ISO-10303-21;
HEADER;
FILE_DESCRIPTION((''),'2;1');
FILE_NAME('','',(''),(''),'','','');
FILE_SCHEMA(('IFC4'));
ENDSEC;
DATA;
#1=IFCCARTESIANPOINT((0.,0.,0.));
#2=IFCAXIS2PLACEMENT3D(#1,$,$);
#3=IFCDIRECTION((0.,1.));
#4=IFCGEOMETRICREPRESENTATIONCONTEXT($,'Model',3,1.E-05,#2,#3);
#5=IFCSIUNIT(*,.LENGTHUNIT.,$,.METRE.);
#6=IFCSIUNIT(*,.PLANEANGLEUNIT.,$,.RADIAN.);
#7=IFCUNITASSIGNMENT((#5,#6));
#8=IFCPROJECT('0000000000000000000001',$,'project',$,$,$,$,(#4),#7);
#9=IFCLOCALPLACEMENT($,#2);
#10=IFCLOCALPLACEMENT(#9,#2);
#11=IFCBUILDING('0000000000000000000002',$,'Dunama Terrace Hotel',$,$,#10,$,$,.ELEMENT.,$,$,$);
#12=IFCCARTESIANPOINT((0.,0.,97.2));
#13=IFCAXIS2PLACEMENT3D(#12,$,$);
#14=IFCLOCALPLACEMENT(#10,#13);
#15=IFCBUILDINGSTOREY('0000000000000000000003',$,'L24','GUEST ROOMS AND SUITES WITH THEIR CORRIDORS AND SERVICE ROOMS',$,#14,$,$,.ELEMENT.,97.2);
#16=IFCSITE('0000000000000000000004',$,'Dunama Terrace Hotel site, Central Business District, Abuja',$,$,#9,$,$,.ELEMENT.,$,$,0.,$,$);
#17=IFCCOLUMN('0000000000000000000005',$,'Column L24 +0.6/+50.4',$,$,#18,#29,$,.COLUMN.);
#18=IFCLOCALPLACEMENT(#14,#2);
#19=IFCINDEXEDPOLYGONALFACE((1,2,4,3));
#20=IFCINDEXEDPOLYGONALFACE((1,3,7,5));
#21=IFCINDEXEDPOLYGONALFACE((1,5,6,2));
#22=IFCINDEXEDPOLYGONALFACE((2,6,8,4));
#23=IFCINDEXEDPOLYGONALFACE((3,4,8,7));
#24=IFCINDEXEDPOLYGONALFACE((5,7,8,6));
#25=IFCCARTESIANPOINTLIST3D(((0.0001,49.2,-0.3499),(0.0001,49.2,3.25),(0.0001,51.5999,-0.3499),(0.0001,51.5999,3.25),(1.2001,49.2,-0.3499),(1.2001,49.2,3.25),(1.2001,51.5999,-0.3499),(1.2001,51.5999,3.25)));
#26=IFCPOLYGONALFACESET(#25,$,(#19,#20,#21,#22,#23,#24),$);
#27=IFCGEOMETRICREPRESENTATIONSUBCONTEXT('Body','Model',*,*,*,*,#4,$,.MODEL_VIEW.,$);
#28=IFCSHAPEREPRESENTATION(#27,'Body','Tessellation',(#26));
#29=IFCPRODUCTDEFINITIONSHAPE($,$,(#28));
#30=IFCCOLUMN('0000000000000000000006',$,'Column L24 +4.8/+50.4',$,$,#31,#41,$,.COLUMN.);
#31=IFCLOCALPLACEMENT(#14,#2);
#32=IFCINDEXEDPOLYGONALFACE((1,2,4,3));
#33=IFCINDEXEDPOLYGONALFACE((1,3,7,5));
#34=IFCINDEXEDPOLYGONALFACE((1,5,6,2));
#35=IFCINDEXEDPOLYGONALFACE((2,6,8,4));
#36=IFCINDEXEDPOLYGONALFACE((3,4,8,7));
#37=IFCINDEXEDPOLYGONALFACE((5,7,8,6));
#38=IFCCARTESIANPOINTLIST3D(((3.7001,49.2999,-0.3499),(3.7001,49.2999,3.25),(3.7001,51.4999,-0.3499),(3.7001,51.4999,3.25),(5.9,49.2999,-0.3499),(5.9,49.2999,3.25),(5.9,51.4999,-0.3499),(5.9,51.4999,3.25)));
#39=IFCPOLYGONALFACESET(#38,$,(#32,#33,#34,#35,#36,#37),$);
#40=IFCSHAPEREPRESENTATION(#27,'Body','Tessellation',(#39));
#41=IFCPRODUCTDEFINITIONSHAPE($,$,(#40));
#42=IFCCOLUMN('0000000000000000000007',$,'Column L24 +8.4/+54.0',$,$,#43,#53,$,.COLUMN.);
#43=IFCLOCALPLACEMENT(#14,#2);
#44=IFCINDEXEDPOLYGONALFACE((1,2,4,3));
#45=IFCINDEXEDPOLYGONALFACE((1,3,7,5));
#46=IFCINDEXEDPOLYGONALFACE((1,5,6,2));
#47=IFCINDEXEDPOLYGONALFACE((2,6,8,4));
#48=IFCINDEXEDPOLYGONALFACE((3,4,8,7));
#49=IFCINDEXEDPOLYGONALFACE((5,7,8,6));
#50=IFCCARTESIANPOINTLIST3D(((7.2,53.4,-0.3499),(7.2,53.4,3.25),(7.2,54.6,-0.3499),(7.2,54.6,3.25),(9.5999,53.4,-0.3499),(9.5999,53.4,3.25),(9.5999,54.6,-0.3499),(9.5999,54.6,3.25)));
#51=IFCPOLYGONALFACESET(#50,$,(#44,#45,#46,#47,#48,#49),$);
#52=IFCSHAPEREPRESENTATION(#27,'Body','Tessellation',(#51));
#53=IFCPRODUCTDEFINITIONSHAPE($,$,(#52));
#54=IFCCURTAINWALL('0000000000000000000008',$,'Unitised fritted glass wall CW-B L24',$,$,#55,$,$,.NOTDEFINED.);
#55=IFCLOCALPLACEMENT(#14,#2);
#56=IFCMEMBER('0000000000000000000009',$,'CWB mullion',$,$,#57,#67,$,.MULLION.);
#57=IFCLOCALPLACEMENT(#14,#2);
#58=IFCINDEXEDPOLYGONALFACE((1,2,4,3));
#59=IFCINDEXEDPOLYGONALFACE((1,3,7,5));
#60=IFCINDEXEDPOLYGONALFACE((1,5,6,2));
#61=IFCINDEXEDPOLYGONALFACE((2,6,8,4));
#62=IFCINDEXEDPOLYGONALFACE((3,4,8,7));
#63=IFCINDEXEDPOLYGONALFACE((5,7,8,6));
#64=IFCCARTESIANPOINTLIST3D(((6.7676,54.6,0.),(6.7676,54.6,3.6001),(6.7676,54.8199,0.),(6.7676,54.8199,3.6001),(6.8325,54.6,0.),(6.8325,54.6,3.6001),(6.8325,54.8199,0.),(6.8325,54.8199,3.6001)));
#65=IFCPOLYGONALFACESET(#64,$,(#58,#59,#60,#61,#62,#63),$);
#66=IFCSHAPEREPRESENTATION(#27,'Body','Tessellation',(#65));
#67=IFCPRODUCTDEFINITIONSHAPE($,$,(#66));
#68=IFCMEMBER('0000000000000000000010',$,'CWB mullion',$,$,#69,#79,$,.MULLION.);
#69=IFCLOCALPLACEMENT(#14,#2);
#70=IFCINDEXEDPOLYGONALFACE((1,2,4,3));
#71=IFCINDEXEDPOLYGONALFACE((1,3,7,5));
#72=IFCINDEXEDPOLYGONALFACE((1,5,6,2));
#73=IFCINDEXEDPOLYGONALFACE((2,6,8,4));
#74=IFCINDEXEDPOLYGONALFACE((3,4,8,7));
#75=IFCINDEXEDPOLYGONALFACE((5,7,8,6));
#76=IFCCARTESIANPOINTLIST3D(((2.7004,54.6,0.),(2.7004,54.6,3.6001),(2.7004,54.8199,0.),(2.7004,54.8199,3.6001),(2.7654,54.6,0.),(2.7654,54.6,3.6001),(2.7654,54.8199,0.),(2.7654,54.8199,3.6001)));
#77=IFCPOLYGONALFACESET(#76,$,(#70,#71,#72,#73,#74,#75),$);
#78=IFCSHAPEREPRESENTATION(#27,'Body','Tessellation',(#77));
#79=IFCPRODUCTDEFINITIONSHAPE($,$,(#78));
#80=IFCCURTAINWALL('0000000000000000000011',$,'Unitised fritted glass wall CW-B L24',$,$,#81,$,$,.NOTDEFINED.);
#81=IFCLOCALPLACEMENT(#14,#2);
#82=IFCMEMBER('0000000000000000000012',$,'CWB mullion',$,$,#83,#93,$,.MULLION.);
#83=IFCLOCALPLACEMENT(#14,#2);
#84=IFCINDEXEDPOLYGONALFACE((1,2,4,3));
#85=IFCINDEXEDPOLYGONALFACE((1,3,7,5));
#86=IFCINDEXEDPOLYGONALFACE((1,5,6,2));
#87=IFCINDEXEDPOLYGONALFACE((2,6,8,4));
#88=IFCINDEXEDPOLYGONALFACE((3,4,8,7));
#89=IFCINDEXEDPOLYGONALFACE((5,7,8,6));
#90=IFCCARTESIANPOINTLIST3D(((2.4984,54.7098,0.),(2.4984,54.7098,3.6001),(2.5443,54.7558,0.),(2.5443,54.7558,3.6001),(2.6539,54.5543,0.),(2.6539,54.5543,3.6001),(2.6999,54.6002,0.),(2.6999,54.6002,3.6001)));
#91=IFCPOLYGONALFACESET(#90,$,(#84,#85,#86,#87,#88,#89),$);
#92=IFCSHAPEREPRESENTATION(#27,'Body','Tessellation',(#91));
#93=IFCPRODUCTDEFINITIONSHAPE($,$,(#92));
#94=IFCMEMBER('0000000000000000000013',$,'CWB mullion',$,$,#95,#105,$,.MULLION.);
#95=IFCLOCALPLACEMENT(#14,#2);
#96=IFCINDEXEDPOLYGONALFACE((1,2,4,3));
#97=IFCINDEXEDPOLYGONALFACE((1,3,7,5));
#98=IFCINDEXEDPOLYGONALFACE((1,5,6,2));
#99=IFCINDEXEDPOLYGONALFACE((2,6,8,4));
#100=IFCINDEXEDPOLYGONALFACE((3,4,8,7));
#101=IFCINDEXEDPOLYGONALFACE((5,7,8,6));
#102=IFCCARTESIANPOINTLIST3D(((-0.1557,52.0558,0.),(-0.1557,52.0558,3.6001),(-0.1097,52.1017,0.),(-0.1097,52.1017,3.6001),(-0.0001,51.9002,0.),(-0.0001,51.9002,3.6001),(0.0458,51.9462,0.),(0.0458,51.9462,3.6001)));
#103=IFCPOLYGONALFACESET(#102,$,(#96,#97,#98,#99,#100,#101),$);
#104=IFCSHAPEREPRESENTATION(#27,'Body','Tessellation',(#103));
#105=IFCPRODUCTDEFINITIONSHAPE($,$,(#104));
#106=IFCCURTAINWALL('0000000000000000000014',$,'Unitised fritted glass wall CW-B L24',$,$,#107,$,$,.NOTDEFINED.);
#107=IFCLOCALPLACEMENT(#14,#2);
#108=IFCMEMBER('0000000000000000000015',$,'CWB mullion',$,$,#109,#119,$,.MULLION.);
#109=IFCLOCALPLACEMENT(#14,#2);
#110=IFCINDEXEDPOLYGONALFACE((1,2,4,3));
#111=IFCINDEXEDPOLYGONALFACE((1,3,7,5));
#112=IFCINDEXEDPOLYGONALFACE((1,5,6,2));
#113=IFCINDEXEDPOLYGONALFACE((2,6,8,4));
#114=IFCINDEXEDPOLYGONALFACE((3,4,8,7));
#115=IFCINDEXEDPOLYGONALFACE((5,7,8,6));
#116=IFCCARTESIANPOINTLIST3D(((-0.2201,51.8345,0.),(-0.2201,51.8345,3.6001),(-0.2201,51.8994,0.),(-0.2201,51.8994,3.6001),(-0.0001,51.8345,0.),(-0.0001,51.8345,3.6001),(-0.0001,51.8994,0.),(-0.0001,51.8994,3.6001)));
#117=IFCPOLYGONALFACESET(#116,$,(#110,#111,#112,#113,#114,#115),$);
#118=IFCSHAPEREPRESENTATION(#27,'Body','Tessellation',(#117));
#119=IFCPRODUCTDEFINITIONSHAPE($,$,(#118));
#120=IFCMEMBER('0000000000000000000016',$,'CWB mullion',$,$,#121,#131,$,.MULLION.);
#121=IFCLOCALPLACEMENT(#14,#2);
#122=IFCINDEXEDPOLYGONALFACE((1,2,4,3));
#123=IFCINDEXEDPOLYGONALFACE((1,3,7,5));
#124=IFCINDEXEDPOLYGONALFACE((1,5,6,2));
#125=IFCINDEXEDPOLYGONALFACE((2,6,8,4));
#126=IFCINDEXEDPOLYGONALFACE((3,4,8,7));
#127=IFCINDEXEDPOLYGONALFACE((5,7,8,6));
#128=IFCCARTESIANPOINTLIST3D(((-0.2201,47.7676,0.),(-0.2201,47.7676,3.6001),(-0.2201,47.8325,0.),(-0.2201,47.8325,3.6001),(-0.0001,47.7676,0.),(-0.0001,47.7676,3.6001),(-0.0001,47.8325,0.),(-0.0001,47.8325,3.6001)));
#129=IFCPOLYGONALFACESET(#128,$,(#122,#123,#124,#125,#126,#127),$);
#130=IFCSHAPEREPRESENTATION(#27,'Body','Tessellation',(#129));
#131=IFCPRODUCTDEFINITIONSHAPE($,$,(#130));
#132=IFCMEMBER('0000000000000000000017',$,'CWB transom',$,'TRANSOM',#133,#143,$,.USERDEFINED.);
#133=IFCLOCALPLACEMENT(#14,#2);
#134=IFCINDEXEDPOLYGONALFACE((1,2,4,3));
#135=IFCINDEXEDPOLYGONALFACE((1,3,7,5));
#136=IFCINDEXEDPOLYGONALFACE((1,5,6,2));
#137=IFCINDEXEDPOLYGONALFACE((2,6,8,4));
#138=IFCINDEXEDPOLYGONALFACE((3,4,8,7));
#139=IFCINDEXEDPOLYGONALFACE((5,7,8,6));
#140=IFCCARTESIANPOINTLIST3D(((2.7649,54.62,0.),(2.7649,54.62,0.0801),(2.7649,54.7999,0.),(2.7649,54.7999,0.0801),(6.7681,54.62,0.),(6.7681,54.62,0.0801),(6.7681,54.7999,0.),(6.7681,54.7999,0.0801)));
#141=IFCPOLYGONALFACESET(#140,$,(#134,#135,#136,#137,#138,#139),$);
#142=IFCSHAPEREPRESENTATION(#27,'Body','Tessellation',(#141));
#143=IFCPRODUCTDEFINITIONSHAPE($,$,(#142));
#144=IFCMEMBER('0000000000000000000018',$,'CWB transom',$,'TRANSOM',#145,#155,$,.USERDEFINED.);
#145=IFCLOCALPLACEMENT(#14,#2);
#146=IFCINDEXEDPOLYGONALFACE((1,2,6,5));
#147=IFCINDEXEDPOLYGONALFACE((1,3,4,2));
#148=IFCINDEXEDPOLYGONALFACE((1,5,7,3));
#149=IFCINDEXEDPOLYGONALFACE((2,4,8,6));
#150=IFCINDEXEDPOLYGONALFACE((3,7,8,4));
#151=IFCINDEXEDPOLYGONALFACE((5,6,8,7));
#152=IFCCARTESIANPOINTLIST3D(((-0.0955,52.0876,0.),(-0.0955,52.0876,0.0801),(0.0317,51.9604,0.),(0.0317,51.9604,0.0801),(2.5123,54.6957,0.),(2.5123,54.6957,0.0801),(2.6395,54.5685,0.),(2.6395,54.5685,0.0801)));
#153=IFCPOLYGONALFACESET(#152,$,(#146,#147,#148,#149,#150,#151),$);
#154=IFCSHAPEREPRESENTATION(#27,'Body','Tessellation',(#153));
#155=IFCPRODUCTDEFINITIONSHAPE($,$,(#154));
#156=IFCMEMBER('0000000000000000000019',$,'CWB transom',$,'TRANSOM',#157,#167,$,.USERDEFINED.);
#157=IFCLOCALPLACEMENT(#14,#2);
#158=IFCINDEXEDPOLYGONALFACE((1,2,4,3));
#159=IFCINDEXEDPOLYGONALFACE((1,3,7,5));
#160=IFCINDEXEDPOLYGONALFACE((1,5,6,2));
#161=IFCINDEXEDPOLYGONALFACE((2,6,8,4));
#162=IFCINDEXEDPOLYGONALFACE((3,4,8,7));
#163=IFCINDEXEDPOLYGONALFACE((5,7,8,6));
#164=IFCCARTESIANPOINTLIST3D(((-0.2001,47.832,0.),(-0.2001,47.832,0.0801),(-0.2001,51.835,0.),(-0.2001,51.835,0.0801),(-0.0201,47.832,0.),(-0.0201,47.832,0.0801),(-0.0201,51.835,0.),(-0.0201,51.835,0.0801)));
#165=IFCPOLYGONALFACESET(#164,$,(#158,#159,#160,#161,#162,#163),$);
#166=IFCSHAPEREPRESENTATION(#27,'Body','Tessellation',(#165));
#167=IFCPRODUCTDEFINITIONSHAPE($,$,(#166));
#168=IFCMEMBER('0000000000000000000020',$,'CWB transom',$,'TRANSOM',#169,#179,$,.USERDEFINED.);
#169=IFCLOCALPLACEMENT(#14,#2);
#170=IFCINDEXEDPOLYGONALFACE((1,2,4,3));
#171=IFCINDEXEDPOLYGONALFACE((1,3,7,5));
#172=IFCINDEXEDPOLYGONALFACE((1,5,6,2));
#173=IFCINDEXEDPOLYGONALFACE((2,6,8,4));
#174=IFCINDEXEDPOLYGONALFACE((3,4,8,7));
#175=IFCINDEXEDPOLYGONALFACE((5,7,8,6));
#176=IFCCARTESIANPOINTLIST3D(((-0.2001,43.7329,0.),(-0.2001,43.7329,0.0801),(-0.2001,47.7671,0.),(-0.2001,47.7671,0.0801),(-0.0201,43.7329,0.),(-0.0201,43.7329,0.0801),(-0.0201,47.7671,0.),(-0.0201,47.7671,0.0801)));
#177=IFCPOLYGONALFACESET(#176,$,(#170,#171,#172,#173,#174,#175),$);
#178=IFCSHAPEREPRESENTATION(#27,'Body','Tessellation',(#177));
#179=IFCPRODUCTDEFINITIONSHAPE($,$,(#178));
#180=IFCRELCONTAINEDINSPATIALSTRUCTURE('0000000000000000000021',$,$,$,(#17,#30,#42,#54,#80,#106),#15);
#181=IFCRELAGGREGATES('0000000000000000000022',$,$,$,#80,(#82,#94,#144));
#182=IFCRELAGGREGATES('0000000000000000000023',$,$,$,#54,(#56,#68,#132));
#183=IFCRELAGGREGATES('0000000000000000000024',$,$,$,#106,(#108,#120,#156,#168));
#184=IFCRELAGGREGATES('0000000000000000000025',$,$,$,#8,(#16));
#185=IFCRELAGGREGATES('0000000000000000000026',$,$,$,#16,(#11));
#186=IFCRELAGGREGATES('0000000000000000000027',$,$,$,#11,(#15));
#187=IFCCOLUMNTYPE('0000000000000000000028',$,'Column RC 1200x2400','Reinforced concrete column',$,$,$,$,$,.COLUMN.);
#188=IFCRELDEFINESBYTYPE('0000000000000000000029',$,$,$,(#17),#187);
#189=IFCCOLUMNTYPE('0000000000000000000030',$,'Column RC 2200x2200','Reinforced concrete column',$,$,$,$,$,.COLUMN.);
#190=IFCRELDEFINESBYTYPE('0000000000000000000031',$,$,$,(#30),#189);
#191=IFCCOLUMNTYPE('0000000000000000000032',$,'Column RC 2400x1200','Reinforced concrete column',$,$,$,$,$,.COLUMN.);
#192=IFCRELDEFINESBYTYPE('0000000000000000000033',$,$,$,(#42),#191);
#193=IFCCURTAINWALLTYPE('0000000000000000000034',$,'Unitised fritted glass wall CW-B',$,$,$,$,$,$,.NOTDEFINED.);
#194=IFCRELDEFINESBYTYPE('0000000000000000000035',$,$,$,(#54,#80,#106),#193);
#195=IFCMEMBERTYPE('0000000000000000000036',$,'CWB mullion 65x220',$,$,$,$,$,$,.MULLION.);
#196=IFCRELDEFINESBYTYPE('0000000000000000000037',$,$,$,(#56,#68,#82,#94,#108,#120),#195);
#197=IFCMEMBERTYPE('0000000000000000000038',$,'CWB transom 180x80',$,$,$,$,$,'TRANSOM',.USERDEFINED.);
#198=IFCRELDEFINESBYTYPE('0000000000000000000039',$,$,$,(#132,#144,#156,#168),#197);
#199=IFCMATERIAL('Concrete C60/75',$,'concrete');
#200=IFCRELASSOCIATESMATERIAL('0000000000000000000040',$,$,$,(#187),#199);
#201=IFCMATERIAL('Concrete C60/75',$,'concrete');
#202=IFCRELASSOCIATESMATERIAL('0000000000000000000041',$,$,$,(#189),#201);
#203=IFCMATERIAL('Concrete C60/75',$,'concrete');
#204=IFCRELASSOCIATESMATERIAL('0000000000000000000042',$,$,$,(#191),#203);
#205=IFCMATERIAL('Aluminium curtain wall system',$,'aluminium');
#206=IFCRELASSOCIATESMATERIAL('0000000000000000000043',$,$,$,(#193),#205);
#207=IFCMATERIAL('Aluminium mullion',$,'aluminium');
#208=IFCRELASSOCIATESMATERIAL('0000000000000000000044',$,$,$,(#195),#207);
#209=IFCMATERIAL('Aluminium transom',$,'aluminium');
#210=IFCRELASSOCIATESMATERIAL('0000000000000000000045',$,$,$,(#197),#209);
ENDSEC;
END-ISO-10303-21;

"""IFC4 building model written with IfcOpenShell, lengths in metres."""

from ifc_helpers import new_model, si_unit, direction, frame, origin, origin_2d, place, context, subcontext, project, spatial, rectangle, extrude, material, material_profile, profile_set, type_object, element, aggregate, save


model = new_model("IFC4")

# Units and contexts
model_context = context("Model", 3, precision=1e-05, world=origin(), true_north=direction((0.0, 1.0)))
body_context = subcontext(model_context, "Body", "Model", "MODEL_VIEW")
ifc_project = project(units=[si_unit("LENGTHUNIT", "METRE"), si_unit("PLANEANGLEUNIT", "RADIAN")], contexts=[model_context])

# Site, building, storey
site_placement = place(None, origin())
site = spatial("IfcSite", under=ifc_project, at=site_placement, Name="Dunama Terrace Hotel site, Central Business District, Abuja", CompositionType="ELEMENT", RefElevation=0.0)
building_placement = place(site_placement, origin())
building = spatial("IfcBuilding", under=site, at=building_placement, Name="Dunama Terrace Hotel", CompositionType="ELEMENT")
storey_placement = place(building_placement, frame((0.0, 0.0, 97.2)))
storey = spatial("IfcBuildingStorey", under=building, at=storey_placement, Name="L24", Description="GUEST ROOMS AND SUITES WITH THEIR CORRIDORS AND SERVICE ROOMS", CompositionType="ELEMENT", Elevation=97.2)

# Columns
ifc_material_1 = material(Name="Concrete C60/75", Category="concrete")
ifc_material_profile_1 = material_profile(ifc_material_1, rectangle(XDim=1.2, YDim=2.3999, at=origin_2d()), Name="RC 1200x2400")
ifc_profile_set_1 = profile_set([ifc_material_profile_1], Name="Concrete C60/75")
column_type_1 = type_object("IfcColumnType", Name="Column RC 1200x2400", Description="Reinforced concrete column", PredefinedType="COLUMN", material=ifc_profile_set_1)
column_1_placement = place(storey_placement, frame((0.6001, 50.3999, -0.3499), z_axis=(0.0, 0.0, 1.0), x_axis=(1.0, 0.0, 0.0)))
element("IfcColumn", 1, at=column_1_placement, inside=storey, type_object=column_type_1, Name="Column L24 +0.6/+50.4", PredefinedType="COLUMN", context=body_context, shape_type="SweptSolid", body=[
    extrude(rectangle(XDim=1.2, YDim=2.3999, at=origin_2d()), origin(), (0.0, 0.0, 1.0), 3.5999),
])
ifc_material_2 = material(Name="Concrete C60/75", Category="concrete")
ifc_material_profile_2 = material_profile(ifc_material_2, rectangle(XDim=2.2, YDim=2.2, at=origin_2d()), Name="RC 2200x2200")
ifc_profile_set_2 = profile_set([ifc_material_profile_2], Name="Concrete C60/75")
column_type_2 = type_object("IfcColumnType", Name="Column RC 2200x2200", Description="Reinforced concrete column", PredefinedType="COLUMN", material=ifc_profile_set_2)
column_2_placement = place(storey_placement, frame((4.8, 50.3999, -0.3499), z_axis=(0.0, 0.0, 1.0), x_axis=(1.0, 0.0, 0.0)))
element("IfcColumn", 2, at=column_2_placement, inside=storey, type_object=column_type_2, Name="Column L24 +4.8/+50.4", PredefinedType="COLUMN", context=body_context, shape_type="SweptSolid", body=[
    extrude(rectangle(XDim=2.2, YDim=2.2, at=origin_2d()), origin(), (0.0, 0.0, 1.0), 3.5999),
])
ifc_material_3 = material(Name="Concrete C60/75", Category="concrete")
ifc_material_profile_3 = material_profile(ifc_material_3, rectangle(XDim=2.3999, YDim=1.2, at=origin_2d()), Name="RC 2400x1200")
ifc_profile_set_3 = profile_set([ifc_material_profile_3], Name="Concrete C60/75")
column_type_3 = type_object("IfcColumnType", Name="Column RC 2400x1200", Description="Reinforced concrete column", PredefinedType="COLUMN", material=ifc_profile_set_3)
column_3_placement = place(storey_placement, frame((8.3999, 54.0, -0.3499), z_axis=(0.0, 0.0, 1.0), x_axis=(1.0, 0.0, 0.0)))
element("IfcColumn", 3, at=column_3_placement, inside=storey, type_object=column_type_3, Name="Column L24 +8.4/+54.0", PredefinedType="COLUMN", context=body_context, shape_type="SweptSolid", body=[
    extrude(rectangle(XDim=2.3999, YDim=1.2, at=origin_2d()), origin(), (0.0, 0.0, 1.0), 3.5999),
])

# Curtain walls, members
ifc_material_4 = material(Name="Aluminium curtain wall system", Category="aluminium")
curtain_wall_type = type_object("IfcCurtainWallType", Name="Unitised fritted glass wall CW-B", PredefinedType="NOTDEFINED", material=ifc_material_4)
curtain_wall_1_placement = place(storey_placement, origin())
curtain_wall_1 = element("IfcCurtainWall", 4, at=curtain_wall_1_placement, inside=storey, type_object=curtain_wall_type, Name="Unitised fritted glass wall CW-B L24", PredefinedType="NOTDEFINED")
ifc_material_5 = material(Name="Aluminium mullion", Category="aluminium")
ifc_material_profile_4 = material_profile(ifc_material_5, rectangle(XDim=0.0649, YDim=0.22, at=origin_2d()), Name="CWB MULLION 65X220")
ifc_profile_set_4 = profile_set([ifc_material_profile_4], Name="Aluminium mullion")
member_type_1 = type_object("IfcMemberType", Name="CWB mullion 65x220", PredefinedType="MULLION", material=ifc_profile_set_4)
member_1_placement = place(storey_placement, frame((6.8, 54.71, 0.0), z_axis=(0.0, 0.0, 1.0), x_axis=(-1.0, 0.0, 0.0)))
member_1 = element("IfcMember", 5, at=member_1_placement, type_object=member_type_1, Name="CWB mullion", PredefinedType="MULLION", context=body_context, shape_type="SweptSolid", body=[
    extrude(rectangle(XDim=0.0649, YDim=0.22, at=origin_2d()), origin(), (0.0, 0.0, 1.0), 3.6001),
])
member_2_placement = place(storey_placement, frame((2.7329, 54.71, 0.0), z_axis=(0.0, 0.0, 1.0), x_axis=(-1.0, 0.0, 0.0)))
member_2 = element("IfcMember", 6, at=member_2_placement, type_object=member_type_1, Name="CWB mullion", PredefinedType="MULLION", context=body_context, shape_type="SweptSolid", body=[
    extrude(rectangle(XDim=0.0649, YDim=0.22, at=origin_2d()), origin(), (0.0, 0.0, 1.0), 3.6001),
])
curtain_wall_2_placement = place(storey_placement, origin())
curtain_wall_2 = element("IfcCurtainWall", 7, at=curtain_wall_2_placement, inside=storey, type_object=curtain_wall_type, Name="Unitised fritted glass wall CW-B L24", PredefinedType="NOTDEFINED")
member_3_placement = place(storey_placement, frame((2.5991, 54.655, 0.0), z_axis=(0.0, 0.0, 1.0), x_axis=(-0.707107, -0.707107, 0.0)))
member_3 = element("IfcMember", 8, at=member_3_placement, type_object=member_type_1, Name="CWB mullion", PredefinedType="MULLION", context=body_context, shape_type="SweptSolid", body=[
    extrude(rectangle(XDim=0.0649, YDim=0.22, at=origin_2d()), origin(), (0.0, 0.0, 1.0), 3.6001),
])
member_4_placement = place(storey_placement, frame((-0.0549, 52.001, 0.0), z_axis=(0.0, 0.0, 1.0), x_axis=(-0.707107, -0.707107, 0.0)))
member_4 = element("IfcMember", 9, at=member_4_placement, type_object=member_type_1, Name="CWB mullion", PredefinedType="MULLION", context=body_context, shape_type="SweptSolid", body=[
    extrude(rectangle(XDim=0.0649, YDim=0.22, at=origin_2d()), origin(), (0.0, 0.0, 1.0), 3.6001),
])
curtain_wall_3_placement = place(storey_placement, origin())
curtain_wall_3 = element("IfcCurtainWall", 10, at=curtain_wall_3_placement, inside=storey, type_object=curtain_wall_type, Name="Unitised fritted glass wall CW-B L24", PredefinedType="NOTDEFINED")
member_5_placement = place(storey_placement, frame((-0.1101, 51.8669, 0.0), z_axis=(0.0, 0.0, 1.0), x_axis=(0.0, -1.0, 0.0)))
member_5 = element("IfcMember", 11, at=member_5_placement, type_object=member_type_1, Name="CWB mullion", PredefinedType="MULLION", context=body_context, shape_type="SweptSolid", body=[
    extrude(rectangle(XDim=0.0649, YDim=0.22, at=origin_2d()), origin(), (0.0, 0.0, 1.0), 3.6001),
])
member_6_placement = place(storey_placement, frame((-0.1101, 47.8, 0.0), z_axis=(0.0, 0.0, 1.0), x_axis=(0.0, -1.0, 0.0)))
member_6 = element("IfcMember", 12, at=member_6_placement, type_object=member_type_1, Name="CWB mullion", PredefinedType="MULLION", context=body_context, shape_type="SweptSolid", body=[
    extrude(rectangle(XDim=0.0649, YDim=0.22, at=origin_2d()), origin(), (0.0, 0.0, 1.0), 3.6001),
])

# Members
ifc_material_6 = material(Name="Aluminium transom", Category="aluminium")
ifc_material_profile_5 = material_profile(ifc_material_6, rectangle(XDim=0.1799, YDim=0.0801, at=origin_2d()), Name="CWB TRANSOM 180X80")
ifc_profile_set_5 = profile_set([ifc_material_profile_5], Name="Aluminium transom")
member_type_2 = type_object("IfcMemberType", Name="CWB transom 180x80", ElementType="TRANSOM", PredefinedType="USERDEFINED", material=ifc_profile_set_5)
member_7_placement = place(storey_placement, frame((6.7681, 54.71, 0.04), z_axis=(-1.0, 0.0, 0.0), x_axis=(0.0, -1.0, 0.0)))
member_7 = element("IfcMember", 13, at=member_7_placement, type_object=member_type_2, Name="CWB transom", ObjectType="TRANSOM", PredefinedType="USERDEFINED", context=body_context, shape_type="SweptSolid", body=[
    extrude(rectangle(XDim=0.1799, YDim=0.0801, at=origin_2d()), origin(), (0.0, 0.0, 1.0), 4.0032),
])
member_8_placement = place(storey_placement, frame((2.5759, 54.6321, 0.04), z_axis=(-0.707074, -0.70714, 0.0), x_axis=(0.70714, -0.707074, 0.0)))
member_8 = element("IfcMember", 14, at=member_8_placement, type_object=member_type_2, Name="CWB transom", ObjectType="TRANSOM", PredefinedType="USERDEFINED", context=body_context, shape_type="SweptSolid", body=[
    extrude(rectangle(XDim=0.1799, YDim=0.0801, at=origin_2d()), origin(), (0.0, 0.0, 1.0), 3.6882),
])
member_9_placement = place(storey_placement, frame((-0.1101, 51.835, 0.04), z_axis=(0.0, -1.0, 0.0), x_axis=(1.0, 0.0, 0.0)))
member_9 = element("IfcMember", 15, at=member_9_placement, type_object=member_type_2, Name="CWB transom", ObjectType="TRANSOM", PredefinedType="USERDEFINED", context=body_context, shape_type="SweptSolid", body=[
    extrude(rectangle(XDim=0.1799, YDim=0.0801, at=origin_2d()), origin(), (0.0, 0.0, 1.0), 4.0029),
])
member_10_placement = place(storey_placement, frame((-0.1101, 47.7671, 0.04), z_axis=(0.0, -1.0, 0.0), x_axis=(1.0, 0.0, 0.0)))
member_10 = element("IfcMember", 16, at=member_10_placement, type_object=member_type_2, Name="CWB transom", ObjectType="TRANSOM", PredefinedType="USERDEFINED", context=body_context, shape_type="SweptSolid", body=[
    extrude(rectangle(XDim=0.1799, YDim=0.0801, at=origin_2d()), origin(), (0.0, 0.0, 1.0), 4.0342),
])

aggregate(curtain_wall_2, [member_3, member_4, member_8])
aggregate(curtain_wall_1, [member_1, member_2, member_7])
aggregate(curtain_wall_3, [member_5, member_6, member_9, member_10])

save(model, "model.ifc")
